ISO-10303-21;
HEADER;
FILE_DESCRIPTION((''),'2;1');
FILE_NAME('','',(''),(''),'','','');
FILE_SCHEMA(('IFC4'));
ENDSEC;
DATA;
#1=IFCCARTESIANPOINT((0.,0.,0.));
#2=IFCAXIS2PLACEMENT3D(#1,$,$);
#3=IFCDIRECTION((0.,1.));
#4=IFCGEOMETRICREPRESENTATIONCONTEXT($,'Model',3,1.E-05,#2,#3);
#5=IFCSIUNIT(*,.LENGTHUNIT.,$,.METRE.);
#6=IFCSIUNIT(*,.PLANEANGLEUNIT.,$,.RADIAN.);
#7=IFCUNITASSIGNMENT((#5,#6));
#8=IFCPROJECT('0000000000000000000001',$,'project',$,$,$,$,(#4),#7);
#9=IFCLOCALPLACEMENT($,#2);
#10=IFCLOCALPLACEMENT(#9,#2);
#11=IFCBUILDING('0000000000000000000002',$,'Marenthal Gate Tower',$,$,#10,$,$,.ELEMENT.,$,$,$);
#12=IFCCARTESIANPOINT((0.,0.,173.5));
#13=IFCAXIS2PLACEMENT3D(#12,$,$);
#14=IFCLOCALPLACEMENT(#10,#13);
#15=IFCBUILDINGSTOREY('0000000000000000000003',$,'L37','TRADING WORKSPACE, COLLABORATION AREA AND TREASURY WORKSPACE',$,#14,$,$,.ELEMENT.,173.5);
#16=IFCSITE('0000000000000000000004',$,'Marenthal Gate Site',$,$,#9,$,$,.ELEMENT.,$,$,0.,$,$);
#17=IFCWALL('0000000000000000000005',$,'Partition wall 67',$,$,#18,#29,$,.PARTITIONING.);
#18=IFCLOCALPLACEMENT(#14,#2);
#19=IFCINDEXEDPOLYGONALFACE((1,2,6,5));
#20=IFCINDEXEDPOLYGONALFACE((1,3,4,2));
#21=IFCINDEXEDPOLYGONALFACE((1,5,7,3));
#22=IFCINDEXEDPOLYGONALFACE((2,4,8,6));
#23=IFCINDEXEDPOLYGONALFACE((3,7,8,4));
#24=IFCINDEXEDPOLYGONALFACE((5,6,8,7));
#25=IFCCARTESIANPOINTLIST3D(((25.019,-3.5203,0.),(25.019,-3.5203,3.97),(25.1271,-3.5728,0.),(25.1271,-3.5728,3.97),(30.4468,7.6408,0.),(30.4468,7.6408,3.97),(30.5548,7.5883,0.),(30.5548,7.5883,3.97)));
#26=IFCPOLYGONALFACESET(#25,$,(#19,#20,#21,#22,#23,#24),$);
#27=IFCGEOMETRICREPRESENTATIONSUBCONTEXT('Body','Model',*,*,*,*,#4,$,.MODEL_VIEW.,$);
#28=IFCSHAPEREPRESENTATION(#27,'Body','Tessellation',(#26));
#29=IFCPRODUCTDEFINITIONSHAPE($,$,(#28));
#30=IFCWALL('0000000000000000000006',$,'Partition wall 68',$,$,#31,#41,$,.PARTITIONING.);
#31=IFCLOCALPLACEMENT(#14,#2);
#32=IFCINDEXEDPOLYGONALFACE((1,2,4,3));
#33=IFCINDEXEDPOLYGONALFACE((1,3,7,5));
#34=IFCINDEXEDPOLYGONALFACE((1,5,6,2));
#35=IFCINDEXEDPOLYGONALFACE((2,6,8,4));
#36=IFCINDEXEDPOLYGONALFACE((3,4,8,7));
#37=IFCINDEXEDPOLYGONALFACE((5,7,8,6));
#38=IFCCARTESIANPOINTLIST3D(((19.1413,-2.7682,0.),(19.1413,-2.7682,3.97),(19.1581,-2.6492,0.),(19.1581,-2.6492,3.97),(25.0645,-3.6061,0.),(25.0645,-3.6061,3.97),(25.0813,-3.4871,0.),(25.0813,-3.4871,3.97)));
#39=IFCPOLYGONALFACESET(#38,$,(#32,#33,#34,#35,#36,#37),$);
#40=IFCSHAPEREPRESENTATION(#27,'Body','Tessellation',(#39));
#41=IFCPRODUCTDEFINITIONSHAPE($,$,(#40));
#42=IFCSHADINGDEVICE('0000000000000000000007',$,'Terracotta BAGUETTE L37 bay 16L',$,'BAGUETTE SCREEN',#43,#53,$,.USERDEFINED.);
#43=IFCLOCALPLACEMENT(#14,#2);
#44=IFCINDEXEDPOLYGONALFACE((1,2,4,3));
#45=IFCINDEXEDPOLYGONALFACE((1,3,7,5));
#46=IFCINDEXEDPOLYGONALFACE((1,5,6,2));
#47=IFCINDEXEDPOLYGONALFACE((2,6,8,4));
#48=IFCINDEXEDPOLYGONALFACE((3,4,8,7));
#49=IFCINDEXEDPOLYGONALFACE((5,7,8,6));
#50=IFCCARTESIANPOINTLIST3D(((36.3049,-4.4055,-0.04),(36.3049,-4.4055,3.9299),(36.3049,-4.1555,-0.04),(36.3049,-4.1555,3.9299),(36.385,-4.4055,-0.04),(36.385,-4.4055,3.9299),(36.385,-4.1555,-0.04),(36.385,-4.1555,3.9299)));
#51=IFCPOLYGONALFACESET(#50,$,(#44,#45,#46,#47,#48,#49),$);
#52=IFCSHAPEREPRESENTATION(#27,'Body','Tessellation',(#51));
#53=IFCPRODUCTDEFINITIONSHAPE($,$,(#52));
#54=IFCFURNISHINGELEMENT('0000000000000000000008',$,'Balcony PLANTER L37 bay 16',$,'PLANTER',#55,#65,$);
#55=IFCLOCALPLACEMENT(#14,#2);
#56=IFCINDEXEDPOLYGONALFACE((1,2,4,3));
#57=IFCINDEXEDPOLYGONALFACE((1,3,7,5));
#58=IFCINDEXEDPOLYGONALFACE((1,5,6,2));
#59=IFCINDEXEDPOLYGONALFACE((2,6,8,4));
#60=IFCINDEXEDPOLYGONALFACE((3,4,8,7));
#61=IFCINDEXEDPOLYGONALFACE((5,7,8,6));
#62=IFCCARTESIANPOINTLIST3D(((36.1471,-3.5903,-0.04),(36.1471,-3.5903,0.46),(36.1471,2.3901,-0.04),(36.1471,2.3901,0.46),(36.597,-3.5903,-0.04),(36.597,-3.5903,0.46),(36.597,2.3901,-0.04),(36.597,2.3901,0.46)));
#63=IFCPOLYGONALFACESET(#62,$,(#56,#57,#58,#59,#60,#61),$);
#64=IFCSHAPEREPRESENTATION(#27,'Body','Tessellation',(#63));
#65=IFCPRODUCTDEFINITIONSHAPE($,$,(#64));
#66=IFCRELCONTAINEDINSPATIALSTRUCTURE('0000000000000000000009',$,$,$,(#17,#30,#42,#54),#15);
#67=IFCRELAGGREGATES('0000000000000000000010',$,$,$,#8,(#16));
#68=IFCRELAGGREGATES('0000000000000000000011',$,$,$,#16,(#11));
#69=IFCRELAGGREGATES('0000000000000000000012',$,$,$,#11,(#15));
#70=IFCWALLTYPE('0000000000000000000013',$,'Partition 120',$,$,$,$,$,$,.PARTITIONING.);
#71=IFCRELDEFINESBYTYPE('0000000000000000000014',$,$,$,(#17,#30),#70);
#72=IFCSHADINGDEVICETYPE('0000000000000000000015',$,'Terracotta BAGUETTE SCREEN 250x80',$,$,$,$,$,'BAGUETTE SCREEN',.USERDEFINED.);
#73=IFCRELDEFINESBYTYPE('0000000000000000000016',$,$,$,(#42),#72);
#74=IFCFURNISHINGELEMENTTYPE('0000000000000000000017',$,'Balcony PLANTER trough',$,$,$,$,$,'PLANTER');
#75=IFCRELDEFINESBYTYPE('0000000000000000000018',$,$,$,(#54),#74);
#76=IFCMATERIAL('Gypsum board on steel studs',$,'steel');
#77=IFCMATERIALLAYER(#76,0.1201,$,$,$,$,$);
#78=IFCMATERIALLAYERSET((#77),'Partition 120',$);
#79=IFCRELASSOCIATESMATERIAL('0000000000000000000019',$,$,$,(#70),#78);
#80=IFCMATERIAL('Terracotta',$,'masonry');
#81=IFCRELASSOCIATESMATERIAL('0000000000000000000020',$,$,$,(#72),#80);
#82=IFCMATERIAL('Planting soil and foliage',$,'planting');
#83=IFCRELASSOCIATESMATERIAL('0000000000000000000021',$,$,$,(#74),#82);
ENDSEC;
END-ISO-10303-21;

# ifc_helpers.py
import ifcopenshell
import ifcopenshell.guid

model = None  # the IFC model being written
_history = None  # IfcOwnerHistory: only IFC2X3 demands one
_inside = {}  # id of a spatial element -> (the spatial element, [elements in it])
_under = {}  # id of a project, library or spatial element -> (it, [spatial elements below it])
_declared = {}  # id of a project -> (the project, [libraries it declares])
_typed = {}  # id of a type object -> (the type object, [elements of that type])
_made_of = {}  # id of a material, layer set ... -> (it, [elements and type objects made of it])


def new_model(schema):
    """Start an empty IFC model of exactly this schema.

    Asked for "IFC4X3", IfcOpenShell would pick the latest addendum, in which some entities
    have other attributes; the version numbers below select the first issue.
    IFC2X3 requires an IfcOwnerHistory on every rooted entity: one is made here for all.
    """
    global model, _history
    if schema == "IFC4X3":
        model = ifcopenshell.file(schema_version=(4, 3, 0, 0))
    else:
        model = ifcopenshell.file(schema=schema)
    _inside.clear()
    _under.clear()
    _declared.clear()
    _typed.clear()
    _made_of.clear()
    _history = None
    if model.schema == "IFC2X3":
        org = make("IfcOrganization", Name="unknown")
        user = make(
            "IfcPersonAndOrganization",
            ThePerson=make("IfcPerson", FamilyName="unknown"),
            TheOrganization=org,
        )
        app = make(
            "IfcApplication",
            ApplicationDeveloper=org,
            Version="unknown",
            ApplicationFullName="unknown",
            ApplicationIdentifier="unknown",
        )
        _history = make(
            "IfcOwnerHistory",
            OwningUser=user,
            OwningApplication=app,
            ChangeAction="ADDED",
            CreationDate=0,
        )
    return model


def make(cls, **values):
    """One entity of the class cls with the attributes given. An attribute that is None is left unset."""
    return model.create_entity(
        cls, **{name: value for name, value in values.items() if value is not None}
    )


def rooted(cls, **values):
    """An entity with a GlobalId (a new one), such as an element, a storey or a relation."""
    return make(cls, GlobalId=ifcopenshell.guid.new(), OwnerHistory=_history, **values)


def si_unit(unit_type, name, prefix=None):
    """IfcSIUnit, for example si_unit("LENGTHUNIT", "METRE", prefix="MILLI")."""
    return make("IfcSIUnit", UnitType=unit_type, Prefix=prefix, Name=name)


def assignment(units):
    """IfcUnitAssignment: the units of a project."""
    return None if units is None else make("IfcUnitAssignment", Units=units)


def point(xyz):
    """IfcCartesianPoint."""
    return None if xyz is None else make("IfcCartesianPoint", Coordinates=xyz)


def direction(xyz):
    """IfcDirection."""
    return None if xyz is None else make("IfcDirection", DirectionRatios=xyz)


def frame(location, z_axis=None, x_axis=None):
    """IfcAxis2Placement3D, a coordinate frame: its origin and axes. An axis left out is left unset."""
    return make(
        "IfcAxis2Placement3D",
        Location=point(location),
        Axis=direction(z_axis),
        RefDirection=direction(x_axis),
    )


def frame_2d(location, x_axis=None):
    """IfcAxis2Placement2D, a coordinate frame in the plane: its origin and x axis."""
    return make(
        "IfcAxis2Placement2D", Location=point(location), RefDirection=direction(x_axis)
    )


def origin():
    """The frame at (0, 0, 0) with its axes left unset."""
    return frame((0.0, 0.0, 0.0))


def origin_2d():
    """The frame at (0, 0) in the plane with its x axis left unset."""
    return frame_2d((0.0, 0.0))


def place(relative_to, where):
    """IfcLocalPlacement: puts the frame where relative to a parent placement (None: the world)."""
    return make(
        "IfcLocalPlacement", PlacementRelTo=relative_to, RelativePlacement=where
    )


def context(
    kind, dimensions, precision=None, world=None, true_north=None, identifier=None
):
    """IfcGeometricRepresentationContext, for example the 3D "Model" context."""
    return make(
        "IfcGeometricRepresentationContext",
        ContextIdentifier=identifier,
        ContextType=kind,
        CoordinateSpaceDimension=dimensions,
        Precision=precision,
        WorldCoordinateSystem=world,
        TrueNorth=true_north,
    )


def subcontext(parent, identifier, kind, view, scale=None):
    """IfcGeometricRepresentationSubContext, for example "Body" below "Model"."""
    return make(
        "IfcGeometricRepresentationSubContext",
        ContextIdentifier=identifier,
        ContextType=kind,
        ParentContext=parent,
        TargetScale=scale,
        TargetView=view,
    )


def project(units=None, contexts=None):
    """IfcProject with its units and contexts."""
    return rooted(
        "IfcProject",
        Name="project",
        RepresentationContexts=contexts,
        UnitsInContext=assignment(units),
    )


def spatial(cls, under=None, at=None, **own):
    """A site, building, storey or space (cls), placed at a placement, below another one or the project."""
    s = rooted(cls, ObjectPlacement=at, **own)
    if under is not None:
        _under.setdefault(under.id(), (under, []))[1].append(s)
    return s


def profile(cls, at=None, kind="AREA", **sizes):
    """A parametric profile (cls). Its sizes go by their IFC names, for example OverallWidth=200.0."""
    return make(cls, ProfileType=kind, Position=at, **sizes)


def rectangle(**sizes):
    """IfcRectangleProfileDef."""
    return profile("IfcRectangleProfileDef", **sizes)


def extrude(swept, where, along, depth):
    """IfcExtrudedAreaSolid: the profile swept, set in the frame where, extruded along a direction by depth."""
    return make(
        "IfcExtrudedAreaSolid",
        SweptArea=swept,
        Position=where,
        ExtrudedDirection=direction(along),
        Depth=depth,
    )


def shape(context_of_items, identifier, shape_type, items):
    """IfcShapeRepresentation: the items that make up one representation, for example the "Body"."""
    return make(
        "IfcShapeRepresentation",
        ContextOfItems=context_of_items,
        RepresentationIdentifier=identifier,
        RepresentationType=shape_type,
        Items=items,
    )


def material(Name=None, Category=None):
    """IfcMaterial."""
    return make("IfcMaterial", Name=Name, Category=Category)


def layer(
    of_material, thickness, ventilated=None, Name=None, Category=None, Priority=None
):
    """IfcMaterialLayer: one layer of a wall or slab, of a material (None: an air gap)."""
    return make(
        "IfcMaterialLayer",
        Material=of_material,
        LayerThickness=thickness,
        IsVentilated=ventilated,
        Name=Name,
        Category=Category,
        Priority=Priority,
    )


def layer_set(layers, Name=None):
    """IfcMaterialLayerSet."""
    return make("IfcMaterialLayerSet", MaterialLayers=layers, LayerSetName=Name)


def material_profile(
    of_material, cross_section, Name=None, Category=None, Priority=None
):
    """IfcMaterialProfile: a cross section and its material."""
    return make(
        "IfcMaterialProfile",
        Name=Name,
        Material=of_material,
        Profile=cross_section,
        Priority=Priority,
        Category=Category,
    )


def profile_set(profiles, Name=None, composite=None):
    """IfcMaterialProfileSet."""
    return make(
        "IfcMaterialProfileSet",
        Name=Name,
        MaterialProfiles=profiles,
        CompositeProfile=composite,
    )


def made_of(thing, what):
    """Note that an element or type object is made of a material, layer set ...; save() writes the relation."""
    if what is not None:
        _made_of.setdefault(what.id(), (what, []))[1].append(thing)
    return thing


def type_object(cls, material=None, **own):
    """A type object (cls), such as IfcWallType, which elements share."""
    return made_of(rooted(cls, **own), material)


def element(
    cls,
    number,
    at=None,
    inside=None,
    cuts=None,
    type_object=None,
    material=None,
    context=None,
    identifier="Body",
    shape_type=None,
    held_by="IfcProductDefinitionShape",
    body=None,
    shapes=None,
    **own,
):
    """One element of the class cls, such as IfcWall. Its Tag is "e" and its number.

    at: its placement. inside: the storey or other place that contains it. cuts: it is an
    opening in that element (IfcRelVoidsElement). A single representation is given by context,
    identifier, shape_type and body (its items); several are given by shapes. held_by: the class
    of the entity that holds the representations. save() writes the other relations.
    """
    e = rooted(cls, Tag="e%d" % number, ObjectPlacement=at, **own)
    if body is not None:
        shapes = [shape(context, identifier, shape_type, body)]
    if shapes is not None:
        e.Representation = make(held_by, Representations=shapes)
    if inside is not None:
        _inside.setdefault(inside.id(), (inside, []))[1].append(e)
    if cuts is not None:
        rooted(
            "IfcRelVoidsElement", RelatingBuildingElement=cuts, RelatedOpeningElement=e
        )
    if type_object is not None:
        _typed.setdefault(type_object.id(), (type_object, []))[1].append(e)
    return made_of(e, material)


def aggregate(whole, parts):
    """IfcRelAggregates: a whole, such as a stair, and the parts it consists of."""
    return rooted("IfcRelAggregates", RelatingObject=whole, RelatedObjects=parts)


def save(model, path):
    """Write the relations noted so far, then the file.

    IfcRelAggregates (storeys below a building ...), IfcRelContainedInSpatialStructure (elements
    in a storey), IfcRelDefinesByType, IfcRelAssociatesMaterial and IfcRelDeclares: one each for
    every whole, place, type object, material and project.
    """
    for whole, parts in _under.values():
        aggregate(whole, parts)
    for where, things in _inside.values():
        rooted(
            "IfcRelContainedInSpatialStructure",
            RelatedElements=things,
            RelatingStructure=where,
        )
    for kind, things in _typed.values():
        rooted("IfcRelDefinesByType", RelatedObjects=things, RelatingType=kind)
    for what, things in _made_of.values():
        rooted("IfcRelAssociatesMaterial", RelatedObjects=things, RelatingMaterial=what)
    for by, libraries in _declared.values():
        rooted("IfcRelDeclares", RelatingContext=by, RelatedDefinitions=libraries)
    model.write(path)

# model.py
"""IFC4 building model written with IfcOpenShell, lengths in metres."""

from ifc_helpers import new_model, si_unit, direction, frame, frame_2d, origin, origin_2d, place, context, subcontext, project, spatial, rectangle, extrude, material, layer, layer_set, material_profile, profile_set, type_object, element, save


model = new_model("IFC4")

# Units and contexts
model_context = context("Model", 3, precision=1e-05, world=origin(), true_north=direction((0.0, 1.0)))
body_context = subcontext(model_context, "Body", "Model", "MODEL_VIEW")
ifc_project = project(units=[si_unit("LENGTHUNIT", "METRE"), si_unit("PLANEANGLEUNIT", "RADIAN")], contexts=[model_context])

# Site, building, storey
site_placement = place(None, origin())
site = spatial("IfcSite", under=ifc_project, at=site_placement, Name="Marenthal Gate Site", CompositionType="ELEMENT", RefElevation=0.0)
building_placement = place(site_placement, origin())
building = spatial("IfcBuilding", under=site, at=building_placement, Name="Marenthal Gate Tower", CompositionType="ELEMENT")
storey_placement = place(building_placement, frame((0.0, 0.0, 173.5)))
storey = spatial("IfcBuildingStorey", under=building, at=storey_placement, Name="L37", Description="TRADING WORKSPACE, COLLABORATION AREA AND TREASURY WORKSPACE", CompositionType="ELEMENT", Elevation=173.5)

# Walls
ifc_material_1 = material(Name="Gypsum board on steel studs", Category="steel")
ifc_layer_1 = layer(ifc_material_1, 0.1201)
ifc_layer_set_1 = layer_set([ifc_layer_1], Name="Partition 120")
wall_type_1 = type_object("IfcWallType", Name="Partition 120", PredefinedType="PARTITIONING", material=ifc_layer_set_1)
wall_1_placement = place(storey_placement, frame((25.073, -3.5466, 0.0), z_axis=(0.0, 0.0, 1.0), x_axis=(0.437335, 0.899299, 0.0)))
element("IfcWall", 1, at=wall_1_placement, inside=storey, type_object=wall_type_1, Name="Partition wall 67", PredefinedType="PARTITIONING", context=body_context, shape_type="SweptSolid", body=[
    extrude(rectangle(XDim=12.4109, YDim=0.1201, at=frame_2d((6.2056, 0.0))), origin(), (0.0, 0.0, 1.0), 3.97),
])
wall_2_placement = place(storey_placement, frame((25.073, -3.5466, 0.0), z_axis=(0.0, 0.0, 1.0), x_axis=(-0.990142, 0.140067, 0.0)))
element("IfcWall", 2, at=wall_2_placement, inside=storey, type_object=wall_type_1, Name="Partition wall 68", PredefinedType="PARTITIONING", context=body_context, shape_type="SweptSolid", body=[
    extrude(rectangle(XDim=5.9822, YDim=0.1201, at=frame_2d((2.9912, 0.0))), origin(), (0.0, 0.0, 1.0), 3.97),
])

# Shading device
ifc_material_2 = material(Name="Terracotta", Category="masonry")
ifc_material_profile_1 = material_profile(ifc_material_2, rectangle(XDim=0.25, YDim=0.0801, at=origin_2d()), Name="Terracotta baguette 250x80")
ifc_profile_set_1 = profile_set([ifc_material_profile_1], Name="Terracotta")
shading_device_type = type_object("IfcShadingDeviceType", Name="Terracotta BAGUETTE SCREEN 250x80", ElementType="BAGUETTE SCREEN", PredefinedType="USERDEFINED", material=ifc_profile_set_1)
shading_device_placement = place(storey_placement, frame((36.345, -4.2805, -0.04), z_axis=(0.0, 0.0, 1.0), x_axis=(0.0, 1.0, 0.0)))
element("IfcShadingDevice", 3, at=shading_device_placement, inside=storey, type_object=shading_device_type, Name="Terracotta BAGUETTE L37 bay 16L", ObjectType="BAGUETTE SCREEN", PredefinedType="USERDEFINED", context=body_context, shape_type="SweptSolid", body=[
    extrude(rectangle(XDim=0.25, YDim=0.0801, at=origin_2d()), origin(), (0.0, 0.0, 1.0), 3.97),
])

# Furnishing element
ifc_material_3 = material(Name="Planting soil and foliage", Category="planting")
furnishing_element_type = type_object("IfcFurnishingElementType", Name="Balcony PLANTER trough", ElementType="PLANTER", material=ifc_material_3)
furnishing_placement = place(storey_placement, frame((36.3721, -0.6001, -0.04), z_axis=(0.0, 0.0, 1.0), x_axis=(0.0, 1.0, 0.0)))
element("IfcFurnishingElement", 4, at=furnishing_placement, inside=storey, type_object=furnishing_element_type, Name="Balcony PLANTER L37 bay 16", ObjectType="PLANTER", context=body_context, shape_type="SweptSolid", body=[
    extrude(rectangle(XDim=5.9805, YDim=0.45, at=origin_2d()), origin(), (0.0, 0.0, 1.0), 0.5),
])

save(model, "model.ifc")
